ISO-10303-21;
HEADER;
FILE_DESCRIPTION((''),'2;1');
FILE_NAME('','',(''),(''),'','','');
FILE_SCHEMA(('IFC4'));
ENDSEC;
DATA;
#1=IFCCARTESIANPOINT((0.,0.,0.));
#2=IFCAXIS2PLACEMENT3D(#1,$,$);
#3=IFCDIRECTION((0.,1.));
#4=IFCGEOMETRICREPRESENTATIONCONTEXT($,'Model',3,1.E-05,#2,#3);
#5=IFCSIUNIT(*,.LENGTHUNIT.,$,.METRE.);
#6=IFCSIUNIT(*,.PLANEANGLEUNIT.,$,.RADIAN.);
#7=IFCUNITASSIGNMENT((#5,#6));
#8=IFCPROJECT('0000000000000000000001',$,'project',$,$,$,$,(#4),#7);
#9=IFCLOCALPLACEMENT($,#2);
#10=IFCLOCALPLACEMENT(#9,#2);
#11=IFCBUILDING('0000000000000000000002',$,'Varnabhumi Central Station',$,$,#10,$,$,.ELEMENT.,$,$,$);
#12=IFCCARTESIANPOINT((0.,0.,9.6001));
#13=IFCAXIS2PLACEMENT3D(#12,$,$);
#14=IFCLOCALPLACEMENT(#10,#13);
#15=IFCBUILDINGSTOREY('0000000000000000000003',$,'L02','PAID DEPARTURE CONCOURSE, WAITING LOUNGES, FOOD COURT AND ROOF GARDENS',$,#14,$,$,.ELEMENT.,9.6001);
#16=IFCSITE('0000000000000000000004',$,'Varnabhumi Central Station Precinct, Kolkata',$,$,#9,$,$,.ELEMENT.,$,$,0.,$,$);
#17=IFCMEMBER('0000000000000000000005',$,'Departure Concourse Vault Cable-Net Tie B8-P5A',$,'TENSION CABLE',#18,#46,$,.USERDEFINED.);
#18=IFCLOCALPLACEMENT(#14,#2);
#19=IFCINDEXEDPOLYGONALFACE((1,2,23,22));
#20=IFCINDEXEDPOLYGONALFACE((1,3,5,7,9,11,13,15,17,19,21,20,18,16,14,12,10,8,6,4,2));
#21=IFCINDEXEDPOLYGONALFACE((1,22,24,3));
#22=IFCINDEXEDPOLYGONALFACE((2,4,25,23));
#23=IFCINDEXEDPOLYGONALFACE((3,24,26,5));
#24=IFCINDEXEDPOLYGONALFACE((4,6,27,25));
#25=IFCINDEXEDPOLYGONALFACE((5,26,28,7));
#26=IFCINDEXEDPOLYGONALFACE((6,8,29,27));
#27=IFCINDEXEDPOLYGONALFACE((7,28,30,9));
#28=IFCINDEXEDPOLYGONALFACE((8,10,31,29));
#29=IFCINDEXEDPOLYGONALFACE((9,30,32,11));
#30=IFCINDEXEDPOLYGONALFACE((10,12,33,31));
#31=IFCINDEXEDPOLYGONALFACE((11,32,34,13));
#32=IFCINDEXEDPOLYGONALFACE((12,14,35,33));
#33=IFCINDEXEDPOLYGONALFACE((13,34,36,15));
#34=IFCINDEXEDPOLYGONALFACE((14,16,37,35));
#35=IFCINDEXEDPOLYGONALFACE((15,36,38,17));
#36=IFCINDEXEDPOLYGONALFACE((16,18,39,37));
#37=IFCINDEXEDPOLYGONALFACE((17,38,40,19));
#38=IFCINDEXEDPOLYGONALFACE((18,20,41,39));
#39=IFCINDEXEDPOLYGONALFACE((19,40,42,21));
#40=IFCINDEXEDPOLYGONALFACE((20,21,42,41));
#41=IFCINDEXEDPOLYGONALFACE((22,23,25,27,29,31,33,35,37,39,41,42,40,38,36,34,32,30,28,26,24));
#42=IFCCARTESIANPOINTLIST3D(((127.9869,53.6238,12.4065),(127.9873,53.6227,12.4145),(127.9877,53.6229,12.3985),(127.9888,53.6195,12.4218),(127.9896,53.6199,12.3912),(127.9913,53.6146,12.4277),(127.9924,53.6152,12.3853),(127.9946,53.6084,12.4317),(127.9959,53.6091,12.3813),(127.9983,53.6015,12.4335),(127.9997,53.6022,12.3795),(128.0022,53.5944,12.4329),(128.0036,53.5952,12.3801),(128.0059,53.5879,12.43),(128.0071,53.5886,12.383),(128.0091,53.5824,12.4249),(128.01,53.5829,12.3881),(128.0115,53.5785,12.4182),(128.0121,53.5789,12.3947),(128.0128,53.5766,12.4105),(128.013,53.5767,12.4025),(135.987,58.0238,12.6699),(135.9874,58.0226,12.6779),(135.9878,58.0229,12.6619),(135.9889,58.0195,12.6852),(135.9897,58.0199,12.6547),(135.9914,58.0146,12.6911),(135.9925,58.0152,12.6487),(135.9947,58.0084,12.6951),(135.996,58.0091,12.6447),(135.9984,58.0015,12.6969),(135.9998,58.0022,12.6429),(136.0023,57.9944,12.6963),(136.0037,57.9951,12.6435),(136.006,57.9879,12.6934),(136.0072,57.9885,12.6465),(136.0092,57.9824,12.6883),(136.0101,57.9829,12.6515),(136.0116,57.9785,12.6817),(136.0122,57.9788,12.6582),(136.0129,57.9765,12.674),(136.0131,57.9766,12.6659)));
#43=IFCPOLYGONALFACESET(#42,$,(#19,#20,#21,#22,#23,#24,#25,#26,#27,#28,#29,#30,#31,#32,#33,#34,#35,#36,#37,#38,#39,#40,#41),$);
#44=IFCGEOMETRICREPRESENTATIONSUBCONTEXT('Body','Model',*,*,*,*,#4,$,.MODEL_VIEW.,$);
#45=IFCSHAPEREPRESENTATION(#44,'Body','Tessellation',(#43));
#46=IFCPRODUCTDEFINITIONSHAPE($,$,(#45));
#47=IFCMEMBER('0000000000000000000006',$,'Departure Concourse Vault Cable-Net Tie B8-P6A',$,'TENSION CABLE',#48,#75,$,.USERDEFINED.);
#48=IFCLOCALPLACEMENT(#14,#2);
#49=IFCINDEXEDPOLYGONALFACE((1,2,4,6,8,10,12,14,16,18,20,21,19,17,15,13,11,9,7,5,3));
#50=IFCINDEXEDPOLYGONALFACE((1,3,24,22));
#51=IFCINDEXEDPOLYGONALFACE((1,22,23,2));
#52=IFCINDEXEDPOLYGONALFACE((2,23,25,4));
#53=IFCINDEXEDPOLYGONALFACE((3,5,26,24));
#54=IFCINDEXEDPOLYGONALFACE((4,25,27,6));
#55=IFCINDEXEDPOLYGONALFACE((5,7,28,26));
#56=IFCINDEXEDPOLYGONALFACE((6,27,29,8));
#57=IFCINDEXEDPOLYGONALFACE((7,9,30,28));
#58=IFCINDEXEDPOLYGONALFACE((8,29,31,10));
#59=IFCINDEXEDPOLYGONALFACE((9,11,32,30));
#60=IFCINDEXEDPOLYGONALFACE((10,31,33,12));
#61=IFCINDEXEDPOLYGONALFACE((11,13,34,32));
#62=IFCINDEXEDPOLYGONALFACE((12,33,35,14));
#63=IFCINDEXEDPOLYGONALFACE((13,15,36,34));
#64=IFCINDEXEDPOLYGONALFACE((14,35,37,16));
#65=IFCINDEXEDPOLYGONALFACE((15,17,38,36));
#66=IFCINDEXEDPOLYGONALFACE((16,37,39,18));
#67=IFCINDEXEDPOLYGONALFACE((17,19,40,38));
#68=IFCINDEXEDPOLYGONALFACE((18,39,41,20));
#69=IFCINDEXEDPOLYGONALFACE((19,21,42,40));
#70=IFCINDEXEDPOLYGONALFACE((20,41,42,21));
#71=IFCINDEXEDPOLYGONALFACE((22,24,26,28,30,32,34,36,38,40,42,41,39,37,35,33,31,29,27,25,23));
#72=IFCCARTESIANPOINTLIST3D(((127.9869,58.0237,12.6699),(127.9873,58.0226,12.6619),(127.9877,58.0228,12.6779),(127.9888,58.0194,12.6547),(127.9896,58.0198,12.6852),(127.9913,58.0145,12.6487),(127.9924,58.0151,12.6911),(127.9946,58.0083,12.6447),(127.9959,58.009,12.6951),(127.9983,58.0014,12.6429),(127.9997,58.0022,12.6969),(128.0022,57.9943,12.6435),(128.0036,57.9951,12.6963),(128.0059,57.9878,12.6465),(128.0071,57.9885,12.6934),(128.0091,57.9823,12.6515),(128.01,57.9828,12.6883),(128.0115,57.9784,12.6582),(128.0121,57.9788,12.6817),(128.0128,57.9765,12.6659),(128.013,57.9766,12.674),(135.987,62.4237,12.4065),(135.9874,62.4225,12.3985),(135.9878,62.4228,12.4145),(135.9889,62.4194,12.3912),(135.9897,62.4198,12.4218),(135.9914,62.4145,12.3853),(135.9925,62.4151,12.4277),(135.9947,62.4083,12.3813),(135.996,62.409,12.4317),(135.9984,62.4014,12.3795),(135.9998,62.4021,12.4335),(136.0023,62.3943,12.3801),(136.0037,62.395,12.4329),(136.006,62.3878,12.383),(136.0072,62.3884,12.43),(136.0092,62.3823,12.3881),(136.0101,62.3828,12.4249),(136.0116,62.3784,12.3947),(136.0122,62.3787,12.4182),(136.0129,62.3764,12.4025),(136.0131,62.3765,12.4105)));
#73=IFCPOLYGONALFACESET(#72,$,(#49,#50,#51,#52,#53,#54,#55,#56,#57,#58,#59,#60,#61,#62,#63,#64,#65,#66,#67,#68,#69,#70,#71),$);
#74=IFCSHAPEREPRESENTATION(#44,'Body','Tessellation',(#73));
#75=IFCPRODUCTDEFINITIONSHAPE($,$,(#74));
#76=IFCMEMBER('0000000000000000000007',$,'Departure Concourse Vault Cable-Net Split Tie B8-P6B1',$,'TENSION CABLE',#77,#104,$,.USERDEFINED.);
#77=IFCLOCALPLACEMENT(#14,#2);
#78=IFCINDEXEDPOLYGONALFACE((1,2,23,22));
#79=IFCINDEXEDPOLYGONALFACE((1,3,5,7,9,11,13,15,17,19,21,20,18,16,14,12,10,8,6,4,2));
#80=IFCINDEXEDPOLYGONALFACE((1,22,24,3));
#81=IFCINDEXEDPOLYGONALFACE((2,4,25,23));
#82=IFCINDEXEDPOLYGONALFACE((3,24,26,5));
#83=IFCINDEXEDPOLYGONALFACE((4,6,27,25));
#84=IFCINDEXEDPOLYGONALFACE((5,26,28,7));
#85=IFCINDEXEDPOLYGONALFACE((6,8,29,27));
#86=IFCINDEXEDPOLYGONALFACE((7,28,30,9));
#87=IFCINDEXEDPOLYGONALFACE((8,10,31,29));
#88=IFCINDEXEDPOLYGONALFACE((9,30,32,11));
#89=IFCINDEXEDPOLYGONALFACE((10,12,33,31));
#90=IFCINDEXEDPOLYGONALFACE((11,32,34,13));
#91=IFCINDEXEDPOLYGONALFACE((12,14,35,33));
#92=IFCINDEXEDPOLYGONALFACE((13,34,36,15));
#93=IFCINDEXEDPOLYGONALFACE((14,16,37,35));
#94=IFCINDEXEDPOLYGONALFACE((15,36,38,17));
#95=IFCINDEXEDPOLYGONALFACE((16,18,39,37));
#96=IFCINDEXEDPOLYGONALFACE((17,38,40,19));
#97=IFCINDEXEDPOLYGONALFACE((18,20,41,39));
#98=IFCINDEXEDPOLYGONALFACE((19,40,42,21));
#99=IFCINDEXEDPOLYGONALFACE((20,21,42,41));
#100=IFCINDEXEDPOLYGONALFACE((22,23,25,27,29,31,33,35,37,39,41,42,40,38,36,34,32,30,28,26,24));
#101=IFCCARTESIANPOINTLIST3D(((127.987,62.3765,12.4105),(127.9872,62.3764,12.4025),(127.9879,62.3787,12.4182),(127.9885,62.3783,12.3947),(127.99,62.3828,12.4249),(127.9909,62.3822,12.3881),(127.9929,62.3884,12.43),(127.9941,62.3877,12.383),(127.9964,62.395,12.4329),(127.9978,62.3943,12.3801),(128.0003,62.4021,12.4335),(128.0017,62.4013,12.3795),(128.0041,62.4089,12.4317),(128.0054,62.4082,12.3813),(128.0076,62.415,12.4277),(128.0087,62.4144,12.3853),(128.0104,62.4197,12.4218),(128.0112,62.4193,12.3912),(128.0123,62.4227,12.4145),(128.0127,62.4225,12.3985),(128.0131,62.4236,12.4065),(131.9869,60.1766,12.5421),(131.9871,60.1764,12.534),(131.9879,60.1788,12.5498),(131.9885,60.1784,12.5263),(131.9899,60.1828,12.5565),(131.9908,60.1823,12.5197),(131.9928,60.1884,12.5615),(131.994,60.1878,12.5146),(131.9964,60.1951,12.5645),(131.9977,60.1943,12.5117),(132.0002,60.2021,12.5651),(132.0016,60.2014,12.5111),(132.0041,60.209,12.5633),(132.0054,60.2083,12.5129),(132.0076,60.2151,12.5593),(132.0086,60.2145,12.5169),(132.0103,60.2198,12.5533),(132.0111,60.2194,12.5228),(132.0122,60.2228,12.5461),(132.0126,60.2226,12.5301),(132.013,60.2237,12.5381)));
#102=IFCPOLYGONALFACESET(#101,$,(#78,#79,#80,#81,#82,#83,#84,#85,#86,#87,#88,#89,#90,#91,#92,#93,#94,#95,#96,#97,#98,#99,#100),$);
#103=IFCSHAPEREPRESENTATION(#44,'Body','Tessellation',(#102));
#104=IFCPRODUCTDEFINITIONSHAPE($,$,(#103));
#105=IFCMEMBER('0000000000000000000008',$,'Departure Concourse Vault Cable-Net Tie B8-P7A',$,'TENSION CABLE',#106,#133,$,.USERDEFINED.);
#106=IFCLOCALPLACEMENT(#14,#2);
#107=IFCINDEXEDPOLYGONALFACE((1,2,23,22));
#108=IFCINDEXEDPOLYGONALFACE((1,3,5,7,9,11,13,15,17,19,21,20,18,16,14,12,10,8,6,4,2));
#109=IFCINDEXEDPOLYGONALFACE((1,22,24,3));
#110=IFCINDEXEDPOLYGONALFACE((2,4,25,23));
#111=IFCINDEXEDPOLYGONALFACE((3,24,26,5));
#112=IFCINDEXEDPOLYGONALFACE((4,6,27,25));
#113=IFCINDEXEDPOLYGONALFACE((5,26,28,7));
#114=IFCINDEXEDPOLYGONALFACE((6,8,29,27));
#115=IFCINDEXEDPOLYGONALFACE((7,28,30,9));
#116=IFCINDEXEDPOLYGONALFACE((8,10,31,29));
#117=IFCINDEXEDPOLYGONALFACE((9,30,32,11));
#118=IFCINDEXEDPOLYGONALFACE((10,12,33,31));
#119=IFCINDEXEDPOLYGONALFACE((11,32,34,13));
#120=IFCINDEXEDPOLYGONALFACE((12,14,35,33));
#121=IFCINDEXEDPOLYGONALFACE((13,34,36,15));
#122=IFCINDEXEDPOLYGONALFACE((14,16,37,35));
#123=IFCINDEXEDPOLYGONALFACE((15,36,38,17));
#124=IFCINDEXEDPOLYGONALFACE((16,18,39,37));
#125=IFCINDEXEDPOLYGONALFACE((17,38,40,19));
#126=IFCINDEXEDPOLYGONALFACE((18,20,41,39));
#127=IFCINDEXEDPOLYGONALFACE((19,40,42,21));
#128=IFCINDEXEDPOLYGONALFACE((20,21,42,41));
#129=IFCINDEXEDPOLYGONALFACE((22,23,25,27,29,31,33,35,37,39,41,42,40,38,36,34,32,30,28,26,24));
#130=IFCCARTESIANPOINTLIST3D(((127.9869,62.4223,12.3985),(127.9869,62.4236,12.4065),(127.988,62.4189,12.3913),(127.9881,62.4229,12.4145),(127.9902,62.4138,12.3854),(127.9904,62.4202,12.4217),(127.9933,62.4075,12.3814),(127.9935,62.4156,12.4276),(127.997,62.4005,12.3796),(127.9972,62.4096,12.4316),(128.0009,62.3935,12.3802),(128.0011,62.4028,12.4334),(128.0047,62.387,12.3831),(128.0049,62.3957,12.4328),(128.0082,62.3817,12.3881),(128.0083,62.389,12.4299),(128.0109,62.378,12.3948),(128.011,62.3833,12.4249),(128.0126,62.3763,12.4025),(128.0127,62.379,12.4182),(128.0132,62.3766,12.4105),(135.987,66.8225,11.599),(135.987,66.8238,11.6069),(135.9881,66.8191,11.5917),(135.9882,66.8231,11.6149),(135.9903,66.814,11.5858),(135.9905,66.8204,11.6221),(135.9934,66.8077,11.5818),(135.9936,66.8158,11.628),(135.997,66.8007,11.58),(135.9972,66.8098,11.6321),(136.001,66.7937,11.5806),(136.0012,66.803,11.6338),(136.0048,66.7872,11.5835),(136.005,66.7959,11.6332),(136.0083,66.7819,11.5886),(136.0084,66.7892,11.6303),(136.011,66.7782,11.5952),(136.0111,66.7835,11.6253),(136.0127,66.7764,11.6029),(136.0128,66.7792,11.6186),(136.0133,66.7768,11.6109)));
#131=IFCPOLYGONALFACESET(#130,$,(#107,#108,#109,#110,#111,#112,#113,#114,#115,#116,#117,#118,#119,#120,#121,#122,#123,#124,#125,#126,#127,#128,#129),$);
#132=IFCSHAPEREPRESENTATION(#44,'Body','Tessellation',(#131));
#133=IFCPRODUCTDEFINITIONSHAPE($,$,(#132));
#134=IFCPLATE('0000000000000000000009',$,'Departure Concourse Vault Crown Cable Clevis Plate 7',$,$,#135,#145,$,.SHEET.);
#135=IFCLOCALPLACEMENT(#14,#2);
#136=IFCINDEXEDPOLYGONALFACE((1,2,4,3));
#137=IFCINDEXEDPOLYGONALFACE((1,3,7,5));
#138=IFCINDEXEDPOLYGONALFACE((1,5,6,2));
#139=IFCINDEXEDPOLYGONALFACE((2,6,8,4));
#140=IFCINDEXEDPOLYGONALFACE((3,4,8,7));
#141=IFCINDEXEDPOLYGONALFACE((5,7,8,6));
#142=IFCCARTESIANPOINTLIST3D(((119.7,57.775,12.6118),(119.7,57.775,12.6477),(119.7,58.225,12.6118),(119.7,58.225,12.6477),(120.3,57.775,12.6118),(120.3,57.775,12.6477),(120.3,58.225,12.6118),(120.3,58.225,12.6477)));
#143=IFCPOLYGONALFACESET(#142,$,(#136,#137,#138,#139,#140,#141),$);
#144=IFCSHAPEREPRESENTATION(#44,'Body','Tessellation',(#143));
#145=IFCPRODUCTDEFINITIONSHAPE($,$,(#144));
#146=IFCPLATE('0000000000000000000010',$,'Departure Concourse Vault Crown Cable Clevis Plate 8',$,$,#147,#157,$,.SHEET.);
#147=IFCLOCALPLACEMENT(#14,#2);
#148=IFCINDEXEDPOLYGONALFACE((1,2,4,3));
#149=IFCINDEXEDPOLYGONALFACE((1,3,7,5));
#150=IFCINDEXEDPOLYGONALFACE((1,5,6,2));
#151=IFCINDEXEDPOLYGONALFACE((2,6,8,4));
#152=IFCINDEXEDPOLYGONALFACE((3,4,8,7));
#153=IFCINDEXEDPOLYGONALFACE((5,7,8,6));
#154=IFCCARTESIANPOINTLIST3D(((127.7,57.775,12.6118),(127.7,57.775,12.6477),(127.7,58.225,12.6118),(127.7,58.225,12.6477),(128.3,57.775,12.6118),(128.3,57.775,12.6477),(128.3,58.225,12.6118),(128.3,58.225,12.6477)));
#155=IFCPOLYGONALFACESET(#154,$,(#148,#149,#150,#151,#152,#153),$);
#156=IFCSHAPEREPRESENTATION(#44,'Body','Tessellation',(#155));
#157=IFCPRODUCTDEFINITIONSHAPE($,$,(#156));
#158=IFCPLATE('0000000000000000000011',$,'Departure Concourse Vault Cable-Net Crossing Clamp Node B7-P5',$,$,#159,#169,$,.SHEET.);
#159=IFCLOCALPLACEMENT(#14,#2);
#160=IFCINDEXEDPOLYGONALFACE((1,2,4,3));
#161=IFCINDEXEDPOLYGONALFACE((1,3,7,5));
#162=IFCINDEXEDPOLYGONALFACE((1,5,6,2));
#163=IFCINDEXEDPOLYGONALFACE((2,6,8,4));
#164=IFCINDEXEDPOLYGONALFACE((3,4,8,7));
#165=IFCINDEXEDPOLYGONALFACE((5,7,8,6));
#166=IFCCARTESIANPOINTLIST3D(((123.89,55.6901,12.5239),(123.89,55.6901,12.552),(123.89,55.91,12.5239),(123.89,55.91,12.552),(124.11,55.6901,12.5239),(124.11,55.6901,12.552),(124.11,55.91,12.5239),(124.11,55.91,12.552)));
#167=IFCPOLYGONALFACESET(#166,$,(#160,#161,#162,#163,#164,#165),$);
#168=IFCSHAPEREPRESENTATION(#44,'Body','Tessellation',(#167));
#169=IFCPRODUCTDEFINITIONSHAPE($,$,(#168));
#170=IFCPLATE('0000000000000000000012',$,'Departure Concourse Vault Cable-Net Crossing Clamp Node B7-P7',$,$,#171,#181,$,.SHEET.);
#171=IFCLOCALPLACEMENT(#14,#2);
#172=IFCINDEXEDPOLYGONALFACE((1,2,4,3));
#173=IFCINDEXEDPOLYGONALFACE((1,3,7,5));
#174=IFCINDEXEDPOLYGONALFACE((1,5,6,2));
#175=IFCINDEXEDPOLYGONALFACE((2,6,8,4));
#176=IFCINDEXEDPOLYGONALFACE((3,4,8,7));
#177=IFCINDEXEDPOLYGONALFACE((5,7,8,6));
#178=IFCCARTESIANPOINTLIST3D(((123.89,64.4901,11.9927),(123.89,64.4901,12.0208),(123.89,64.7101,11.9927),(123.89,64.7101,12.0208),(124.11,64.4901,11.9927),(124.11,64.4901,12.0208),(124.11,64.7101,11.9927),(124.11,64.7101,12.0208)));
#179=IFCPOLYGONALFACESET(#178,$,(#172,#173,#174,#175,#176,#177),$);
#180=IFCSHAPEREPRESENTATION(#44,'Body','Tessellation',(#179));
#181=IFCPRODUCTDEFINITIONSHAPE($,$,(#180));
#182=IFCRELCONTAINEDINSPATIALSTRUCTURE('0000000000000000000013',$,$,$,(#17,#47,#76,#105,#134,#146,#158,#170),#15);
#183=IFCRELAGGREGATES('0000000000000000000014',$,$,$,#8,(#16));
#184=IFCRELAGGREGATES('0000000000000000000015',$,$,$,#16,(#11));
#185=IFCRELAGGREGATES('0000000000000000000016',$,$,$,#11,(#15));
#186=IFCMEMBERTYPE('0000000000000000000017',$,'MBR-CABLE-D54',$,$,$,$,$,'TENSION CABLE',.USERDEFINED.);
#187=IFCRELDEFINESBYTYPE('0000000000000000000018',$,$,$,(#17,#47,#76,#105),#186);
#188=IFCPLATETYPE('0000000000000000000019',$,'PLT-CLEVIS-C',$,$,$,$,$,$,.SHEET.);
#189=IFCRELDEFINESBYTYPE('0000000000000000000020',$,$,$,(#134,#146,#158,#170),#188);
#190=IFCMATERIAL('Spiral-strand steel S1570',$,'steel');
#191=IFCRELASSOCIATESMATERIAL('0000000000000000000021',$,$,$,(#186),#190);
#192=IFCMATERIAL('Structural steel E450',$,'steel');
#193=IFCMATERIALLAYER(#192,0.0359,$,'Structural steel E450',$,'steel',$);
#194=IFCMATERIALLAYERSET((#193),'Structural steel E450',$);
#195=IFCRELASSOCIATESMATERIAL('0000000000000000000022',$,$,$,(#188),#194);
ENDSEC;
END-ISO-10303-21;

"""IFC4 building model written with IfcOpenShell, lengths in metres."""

from ifc_helpers import new_model, si_unit, direction, frame, origin, origin_2d, place, context, subcontext, project, spatial, rectangle, circle, extrude, material, layer, layer_set, material_profile, profile_set, type_object, element, save


model = new_model("IFC4")

# Units and contexts
model_context = context("Model", 3, precision=1e-05, world=origin(), true_north=direction((0.0, 1.0)))
body_context = subcontext(model_context, "Body", "Model", "MODEL_VIEW")
ifc_project = project(units=[si_unit("LENGTHUNIT", "METRE"), si_unit("PLANEANGLEUNIT", "RADIAN")], contexts=[model_context])

# Site, building, storey
site_placement = place(None, origin())
site = spatial("IfcSite", under=ifc_project, at=site_placement, Name="Varnabhumi Central Station Precinct, Kolkata", CompositionType="ELEMENT", RefElevation=0.0)
building_placement = place(site_placement, origin())
building = spatial("IfcBuilding", under=site, at=building_placement, Name="Varnabhumi Central Station", CompositionType="ELEMENT")
storey_placement = place(building_placement, frame((0.0, 0.0, 9.6001)))
storey = spatial("IfcBuildingStorey", under=building, at=storey_placement, Name="L02", Description="PAID DEPARTURE CONCOURSE, WAITING LOUNGES, FOOD COURT AND ROOF GARDENS", CompositionType="ELEMENT", Elevation=9.6001)

# Members
ifc_material_1 = material(Name="Spiral-strand steel S1570", Category="steel")
ifc_material_profile_1 = material_profile(ifc_material_1, circle(Radius=0.0271, at=origin_2d()), Name="Spiral-strand steel S1570", Category="steel")
ifc_profile_set_1 = profile_set([ifc_material_profile_1], Name="Spiral-strand steel S1570")
member_type = type_object("IfcMemberType", Name="MBR-CABLE-D54", ElementType="TENSION CABLE", PredefinedType="USERDEFINED", material=ifc_profile_set_1)
for number, where, z_axis, x_axis, name in (
    (1, (128.0, 53.6001, 12.4065), (0.875856, 0.48171, 0.028841), (-0.481911, 0.87622, 0.0), "Departure Concourse Vault Cable-Net Tie B8-P5A"),
    (2, (128.0, 58.0, 12.6699), (0.875856, 0.48171, -0.028841), (-0.481911, 0.87622, 0.0), "Departure Concourse Vault Cable-Net Tie B8-P6A"),
):
    element("IfcMember", number, at=place(storey_placement, frame(where, z_axis=z_axis, x_axis=x_axis)), inside=storey, type_object=member_type, Name=name, ObjectType="TENSION CABLE", PredefinedType="USERDEFINED", context=body_context, shape_type="SweptSolid", body=[
        extrude(circle(Radius=0.0271, at=origin_2d()), origin(), (0.0, 0.0, 1.0), 9.134),
    ])
member_1_placement = place(storey_placement, frame((128.0, 62.3999, 12.4065), z_axis=(0.875857, -0.48171, 0.028814), x_axis=(0.481911, 0.87622, 0.0)))
element("IfcMember", 3, at=member_1_placement, inside=storey, type_object=member_type, Name="Departure Concourse Vault Cable-Net Split Tie B8-P6B1", ObjectType="TENSION CABLE", PredefinedType="USERDEFINED", context=body_context, shape_type="SweptSolid", body=[
    extrude(circle(Radius=0.0271, at=origin_2d()), origin(), (0.0, 0.0, 1.0), 4.5669),
])
member_2_placement = place(storey_placement, frame((128.0, 62.3999, 12.4065), z_axis=(0.872869, 0.480094, -0.087239), x_axis=(-0.481931, 0.876209, 0.0)))
element("IfcMember", 4, at=member_2_placement, inside=storey, type_object=member_type, Name="Departure Concourse Vault Cable-Net Tie B8-P7A", ObjectType="TENSION CABLE", PredefinedType="USERDEFINED", context=body_context, shape_type="SweptSolid", body=[
    extrude(circle(Radius=0.0271, at=origin_2d()), origin(), (0.0, 0.0, 1.0), 9.1653),
])

# Plates
ifc_material_2 = material(Name="Structural steel E450", Category="steel")
ifc_layer = layer(ifc_material_2, 0.0359, Name="Structural steel E450", Category="steel")
ifc_layer_set = layer_set([ifc_layer], Name="Structural steel E450")
plate_type = type_object("IfcPlateType", Name="PLT-CLEVIS-C", PredefinedType="SHEET", material=ifc_layer_set)
for number, where, z_axis, x_axis, name in (
    (5, (120.0, 58.0, 12.6118), (0.0, 0.0, 1.0), (1.0, 0.0, 0.0), "Departure Concourse Vault Crown Cable Clevis Plate 7"),
    (6, (128.0, 58.0, 12.6118), (0.0, 0.0, 1.0), (1.0, 0.0, 0.0), "Departure Concourse Vault Crown Cable Clevis Plate 8"),
):
    element("IfcPlate", number, at=place(storey_placement, frame(where, z_axis=z_axis, x_axis=x_axis)), inside=storey, type_object=plate_type, Name=name, PredefinedType="SHEET", context=body_context, shape_type="SweptSolid", body=[
        extrude(rectangle(XDim=0.6001, YDim=0.45, at=origin_2d()), origin(), (0.0, 0.0, 1.0), 0.0359),
    ])
for number, where, z_axis, x_axis, name in (
    (7, (124.0, 55.8, 12.5239), (0.0, 0.0, 1.0), (1.0, 0.0, 0.0), "Departure Concourse Vault Cable-Net Crossing Clamp Node B7-P5"),
    (8, (124.0, 64.6001, 11.9927), (0.0, 0.0, 1.0), (1.0, 0.0, 0.0), "Departure Concourse Vault Cable-Net Crossing Clamp Node B7-P7"),
):
    element("IfcPlate", number, at=place(storey_placement, frame(where, z_axis=z_axis, x_axis=x_axis)), inside=storey, type_object=plate_type, Name=name, PredefinedType="SHEET", context=body_context, shape_type="SweptSolid", body=[
        extrude(rectangle(XDim=0.22, YDim=0.22, at=origin_2d()), origin(), (0.0, 0.0, 1.0), 0.0281),
    ])

save(model, "model.ifc")
